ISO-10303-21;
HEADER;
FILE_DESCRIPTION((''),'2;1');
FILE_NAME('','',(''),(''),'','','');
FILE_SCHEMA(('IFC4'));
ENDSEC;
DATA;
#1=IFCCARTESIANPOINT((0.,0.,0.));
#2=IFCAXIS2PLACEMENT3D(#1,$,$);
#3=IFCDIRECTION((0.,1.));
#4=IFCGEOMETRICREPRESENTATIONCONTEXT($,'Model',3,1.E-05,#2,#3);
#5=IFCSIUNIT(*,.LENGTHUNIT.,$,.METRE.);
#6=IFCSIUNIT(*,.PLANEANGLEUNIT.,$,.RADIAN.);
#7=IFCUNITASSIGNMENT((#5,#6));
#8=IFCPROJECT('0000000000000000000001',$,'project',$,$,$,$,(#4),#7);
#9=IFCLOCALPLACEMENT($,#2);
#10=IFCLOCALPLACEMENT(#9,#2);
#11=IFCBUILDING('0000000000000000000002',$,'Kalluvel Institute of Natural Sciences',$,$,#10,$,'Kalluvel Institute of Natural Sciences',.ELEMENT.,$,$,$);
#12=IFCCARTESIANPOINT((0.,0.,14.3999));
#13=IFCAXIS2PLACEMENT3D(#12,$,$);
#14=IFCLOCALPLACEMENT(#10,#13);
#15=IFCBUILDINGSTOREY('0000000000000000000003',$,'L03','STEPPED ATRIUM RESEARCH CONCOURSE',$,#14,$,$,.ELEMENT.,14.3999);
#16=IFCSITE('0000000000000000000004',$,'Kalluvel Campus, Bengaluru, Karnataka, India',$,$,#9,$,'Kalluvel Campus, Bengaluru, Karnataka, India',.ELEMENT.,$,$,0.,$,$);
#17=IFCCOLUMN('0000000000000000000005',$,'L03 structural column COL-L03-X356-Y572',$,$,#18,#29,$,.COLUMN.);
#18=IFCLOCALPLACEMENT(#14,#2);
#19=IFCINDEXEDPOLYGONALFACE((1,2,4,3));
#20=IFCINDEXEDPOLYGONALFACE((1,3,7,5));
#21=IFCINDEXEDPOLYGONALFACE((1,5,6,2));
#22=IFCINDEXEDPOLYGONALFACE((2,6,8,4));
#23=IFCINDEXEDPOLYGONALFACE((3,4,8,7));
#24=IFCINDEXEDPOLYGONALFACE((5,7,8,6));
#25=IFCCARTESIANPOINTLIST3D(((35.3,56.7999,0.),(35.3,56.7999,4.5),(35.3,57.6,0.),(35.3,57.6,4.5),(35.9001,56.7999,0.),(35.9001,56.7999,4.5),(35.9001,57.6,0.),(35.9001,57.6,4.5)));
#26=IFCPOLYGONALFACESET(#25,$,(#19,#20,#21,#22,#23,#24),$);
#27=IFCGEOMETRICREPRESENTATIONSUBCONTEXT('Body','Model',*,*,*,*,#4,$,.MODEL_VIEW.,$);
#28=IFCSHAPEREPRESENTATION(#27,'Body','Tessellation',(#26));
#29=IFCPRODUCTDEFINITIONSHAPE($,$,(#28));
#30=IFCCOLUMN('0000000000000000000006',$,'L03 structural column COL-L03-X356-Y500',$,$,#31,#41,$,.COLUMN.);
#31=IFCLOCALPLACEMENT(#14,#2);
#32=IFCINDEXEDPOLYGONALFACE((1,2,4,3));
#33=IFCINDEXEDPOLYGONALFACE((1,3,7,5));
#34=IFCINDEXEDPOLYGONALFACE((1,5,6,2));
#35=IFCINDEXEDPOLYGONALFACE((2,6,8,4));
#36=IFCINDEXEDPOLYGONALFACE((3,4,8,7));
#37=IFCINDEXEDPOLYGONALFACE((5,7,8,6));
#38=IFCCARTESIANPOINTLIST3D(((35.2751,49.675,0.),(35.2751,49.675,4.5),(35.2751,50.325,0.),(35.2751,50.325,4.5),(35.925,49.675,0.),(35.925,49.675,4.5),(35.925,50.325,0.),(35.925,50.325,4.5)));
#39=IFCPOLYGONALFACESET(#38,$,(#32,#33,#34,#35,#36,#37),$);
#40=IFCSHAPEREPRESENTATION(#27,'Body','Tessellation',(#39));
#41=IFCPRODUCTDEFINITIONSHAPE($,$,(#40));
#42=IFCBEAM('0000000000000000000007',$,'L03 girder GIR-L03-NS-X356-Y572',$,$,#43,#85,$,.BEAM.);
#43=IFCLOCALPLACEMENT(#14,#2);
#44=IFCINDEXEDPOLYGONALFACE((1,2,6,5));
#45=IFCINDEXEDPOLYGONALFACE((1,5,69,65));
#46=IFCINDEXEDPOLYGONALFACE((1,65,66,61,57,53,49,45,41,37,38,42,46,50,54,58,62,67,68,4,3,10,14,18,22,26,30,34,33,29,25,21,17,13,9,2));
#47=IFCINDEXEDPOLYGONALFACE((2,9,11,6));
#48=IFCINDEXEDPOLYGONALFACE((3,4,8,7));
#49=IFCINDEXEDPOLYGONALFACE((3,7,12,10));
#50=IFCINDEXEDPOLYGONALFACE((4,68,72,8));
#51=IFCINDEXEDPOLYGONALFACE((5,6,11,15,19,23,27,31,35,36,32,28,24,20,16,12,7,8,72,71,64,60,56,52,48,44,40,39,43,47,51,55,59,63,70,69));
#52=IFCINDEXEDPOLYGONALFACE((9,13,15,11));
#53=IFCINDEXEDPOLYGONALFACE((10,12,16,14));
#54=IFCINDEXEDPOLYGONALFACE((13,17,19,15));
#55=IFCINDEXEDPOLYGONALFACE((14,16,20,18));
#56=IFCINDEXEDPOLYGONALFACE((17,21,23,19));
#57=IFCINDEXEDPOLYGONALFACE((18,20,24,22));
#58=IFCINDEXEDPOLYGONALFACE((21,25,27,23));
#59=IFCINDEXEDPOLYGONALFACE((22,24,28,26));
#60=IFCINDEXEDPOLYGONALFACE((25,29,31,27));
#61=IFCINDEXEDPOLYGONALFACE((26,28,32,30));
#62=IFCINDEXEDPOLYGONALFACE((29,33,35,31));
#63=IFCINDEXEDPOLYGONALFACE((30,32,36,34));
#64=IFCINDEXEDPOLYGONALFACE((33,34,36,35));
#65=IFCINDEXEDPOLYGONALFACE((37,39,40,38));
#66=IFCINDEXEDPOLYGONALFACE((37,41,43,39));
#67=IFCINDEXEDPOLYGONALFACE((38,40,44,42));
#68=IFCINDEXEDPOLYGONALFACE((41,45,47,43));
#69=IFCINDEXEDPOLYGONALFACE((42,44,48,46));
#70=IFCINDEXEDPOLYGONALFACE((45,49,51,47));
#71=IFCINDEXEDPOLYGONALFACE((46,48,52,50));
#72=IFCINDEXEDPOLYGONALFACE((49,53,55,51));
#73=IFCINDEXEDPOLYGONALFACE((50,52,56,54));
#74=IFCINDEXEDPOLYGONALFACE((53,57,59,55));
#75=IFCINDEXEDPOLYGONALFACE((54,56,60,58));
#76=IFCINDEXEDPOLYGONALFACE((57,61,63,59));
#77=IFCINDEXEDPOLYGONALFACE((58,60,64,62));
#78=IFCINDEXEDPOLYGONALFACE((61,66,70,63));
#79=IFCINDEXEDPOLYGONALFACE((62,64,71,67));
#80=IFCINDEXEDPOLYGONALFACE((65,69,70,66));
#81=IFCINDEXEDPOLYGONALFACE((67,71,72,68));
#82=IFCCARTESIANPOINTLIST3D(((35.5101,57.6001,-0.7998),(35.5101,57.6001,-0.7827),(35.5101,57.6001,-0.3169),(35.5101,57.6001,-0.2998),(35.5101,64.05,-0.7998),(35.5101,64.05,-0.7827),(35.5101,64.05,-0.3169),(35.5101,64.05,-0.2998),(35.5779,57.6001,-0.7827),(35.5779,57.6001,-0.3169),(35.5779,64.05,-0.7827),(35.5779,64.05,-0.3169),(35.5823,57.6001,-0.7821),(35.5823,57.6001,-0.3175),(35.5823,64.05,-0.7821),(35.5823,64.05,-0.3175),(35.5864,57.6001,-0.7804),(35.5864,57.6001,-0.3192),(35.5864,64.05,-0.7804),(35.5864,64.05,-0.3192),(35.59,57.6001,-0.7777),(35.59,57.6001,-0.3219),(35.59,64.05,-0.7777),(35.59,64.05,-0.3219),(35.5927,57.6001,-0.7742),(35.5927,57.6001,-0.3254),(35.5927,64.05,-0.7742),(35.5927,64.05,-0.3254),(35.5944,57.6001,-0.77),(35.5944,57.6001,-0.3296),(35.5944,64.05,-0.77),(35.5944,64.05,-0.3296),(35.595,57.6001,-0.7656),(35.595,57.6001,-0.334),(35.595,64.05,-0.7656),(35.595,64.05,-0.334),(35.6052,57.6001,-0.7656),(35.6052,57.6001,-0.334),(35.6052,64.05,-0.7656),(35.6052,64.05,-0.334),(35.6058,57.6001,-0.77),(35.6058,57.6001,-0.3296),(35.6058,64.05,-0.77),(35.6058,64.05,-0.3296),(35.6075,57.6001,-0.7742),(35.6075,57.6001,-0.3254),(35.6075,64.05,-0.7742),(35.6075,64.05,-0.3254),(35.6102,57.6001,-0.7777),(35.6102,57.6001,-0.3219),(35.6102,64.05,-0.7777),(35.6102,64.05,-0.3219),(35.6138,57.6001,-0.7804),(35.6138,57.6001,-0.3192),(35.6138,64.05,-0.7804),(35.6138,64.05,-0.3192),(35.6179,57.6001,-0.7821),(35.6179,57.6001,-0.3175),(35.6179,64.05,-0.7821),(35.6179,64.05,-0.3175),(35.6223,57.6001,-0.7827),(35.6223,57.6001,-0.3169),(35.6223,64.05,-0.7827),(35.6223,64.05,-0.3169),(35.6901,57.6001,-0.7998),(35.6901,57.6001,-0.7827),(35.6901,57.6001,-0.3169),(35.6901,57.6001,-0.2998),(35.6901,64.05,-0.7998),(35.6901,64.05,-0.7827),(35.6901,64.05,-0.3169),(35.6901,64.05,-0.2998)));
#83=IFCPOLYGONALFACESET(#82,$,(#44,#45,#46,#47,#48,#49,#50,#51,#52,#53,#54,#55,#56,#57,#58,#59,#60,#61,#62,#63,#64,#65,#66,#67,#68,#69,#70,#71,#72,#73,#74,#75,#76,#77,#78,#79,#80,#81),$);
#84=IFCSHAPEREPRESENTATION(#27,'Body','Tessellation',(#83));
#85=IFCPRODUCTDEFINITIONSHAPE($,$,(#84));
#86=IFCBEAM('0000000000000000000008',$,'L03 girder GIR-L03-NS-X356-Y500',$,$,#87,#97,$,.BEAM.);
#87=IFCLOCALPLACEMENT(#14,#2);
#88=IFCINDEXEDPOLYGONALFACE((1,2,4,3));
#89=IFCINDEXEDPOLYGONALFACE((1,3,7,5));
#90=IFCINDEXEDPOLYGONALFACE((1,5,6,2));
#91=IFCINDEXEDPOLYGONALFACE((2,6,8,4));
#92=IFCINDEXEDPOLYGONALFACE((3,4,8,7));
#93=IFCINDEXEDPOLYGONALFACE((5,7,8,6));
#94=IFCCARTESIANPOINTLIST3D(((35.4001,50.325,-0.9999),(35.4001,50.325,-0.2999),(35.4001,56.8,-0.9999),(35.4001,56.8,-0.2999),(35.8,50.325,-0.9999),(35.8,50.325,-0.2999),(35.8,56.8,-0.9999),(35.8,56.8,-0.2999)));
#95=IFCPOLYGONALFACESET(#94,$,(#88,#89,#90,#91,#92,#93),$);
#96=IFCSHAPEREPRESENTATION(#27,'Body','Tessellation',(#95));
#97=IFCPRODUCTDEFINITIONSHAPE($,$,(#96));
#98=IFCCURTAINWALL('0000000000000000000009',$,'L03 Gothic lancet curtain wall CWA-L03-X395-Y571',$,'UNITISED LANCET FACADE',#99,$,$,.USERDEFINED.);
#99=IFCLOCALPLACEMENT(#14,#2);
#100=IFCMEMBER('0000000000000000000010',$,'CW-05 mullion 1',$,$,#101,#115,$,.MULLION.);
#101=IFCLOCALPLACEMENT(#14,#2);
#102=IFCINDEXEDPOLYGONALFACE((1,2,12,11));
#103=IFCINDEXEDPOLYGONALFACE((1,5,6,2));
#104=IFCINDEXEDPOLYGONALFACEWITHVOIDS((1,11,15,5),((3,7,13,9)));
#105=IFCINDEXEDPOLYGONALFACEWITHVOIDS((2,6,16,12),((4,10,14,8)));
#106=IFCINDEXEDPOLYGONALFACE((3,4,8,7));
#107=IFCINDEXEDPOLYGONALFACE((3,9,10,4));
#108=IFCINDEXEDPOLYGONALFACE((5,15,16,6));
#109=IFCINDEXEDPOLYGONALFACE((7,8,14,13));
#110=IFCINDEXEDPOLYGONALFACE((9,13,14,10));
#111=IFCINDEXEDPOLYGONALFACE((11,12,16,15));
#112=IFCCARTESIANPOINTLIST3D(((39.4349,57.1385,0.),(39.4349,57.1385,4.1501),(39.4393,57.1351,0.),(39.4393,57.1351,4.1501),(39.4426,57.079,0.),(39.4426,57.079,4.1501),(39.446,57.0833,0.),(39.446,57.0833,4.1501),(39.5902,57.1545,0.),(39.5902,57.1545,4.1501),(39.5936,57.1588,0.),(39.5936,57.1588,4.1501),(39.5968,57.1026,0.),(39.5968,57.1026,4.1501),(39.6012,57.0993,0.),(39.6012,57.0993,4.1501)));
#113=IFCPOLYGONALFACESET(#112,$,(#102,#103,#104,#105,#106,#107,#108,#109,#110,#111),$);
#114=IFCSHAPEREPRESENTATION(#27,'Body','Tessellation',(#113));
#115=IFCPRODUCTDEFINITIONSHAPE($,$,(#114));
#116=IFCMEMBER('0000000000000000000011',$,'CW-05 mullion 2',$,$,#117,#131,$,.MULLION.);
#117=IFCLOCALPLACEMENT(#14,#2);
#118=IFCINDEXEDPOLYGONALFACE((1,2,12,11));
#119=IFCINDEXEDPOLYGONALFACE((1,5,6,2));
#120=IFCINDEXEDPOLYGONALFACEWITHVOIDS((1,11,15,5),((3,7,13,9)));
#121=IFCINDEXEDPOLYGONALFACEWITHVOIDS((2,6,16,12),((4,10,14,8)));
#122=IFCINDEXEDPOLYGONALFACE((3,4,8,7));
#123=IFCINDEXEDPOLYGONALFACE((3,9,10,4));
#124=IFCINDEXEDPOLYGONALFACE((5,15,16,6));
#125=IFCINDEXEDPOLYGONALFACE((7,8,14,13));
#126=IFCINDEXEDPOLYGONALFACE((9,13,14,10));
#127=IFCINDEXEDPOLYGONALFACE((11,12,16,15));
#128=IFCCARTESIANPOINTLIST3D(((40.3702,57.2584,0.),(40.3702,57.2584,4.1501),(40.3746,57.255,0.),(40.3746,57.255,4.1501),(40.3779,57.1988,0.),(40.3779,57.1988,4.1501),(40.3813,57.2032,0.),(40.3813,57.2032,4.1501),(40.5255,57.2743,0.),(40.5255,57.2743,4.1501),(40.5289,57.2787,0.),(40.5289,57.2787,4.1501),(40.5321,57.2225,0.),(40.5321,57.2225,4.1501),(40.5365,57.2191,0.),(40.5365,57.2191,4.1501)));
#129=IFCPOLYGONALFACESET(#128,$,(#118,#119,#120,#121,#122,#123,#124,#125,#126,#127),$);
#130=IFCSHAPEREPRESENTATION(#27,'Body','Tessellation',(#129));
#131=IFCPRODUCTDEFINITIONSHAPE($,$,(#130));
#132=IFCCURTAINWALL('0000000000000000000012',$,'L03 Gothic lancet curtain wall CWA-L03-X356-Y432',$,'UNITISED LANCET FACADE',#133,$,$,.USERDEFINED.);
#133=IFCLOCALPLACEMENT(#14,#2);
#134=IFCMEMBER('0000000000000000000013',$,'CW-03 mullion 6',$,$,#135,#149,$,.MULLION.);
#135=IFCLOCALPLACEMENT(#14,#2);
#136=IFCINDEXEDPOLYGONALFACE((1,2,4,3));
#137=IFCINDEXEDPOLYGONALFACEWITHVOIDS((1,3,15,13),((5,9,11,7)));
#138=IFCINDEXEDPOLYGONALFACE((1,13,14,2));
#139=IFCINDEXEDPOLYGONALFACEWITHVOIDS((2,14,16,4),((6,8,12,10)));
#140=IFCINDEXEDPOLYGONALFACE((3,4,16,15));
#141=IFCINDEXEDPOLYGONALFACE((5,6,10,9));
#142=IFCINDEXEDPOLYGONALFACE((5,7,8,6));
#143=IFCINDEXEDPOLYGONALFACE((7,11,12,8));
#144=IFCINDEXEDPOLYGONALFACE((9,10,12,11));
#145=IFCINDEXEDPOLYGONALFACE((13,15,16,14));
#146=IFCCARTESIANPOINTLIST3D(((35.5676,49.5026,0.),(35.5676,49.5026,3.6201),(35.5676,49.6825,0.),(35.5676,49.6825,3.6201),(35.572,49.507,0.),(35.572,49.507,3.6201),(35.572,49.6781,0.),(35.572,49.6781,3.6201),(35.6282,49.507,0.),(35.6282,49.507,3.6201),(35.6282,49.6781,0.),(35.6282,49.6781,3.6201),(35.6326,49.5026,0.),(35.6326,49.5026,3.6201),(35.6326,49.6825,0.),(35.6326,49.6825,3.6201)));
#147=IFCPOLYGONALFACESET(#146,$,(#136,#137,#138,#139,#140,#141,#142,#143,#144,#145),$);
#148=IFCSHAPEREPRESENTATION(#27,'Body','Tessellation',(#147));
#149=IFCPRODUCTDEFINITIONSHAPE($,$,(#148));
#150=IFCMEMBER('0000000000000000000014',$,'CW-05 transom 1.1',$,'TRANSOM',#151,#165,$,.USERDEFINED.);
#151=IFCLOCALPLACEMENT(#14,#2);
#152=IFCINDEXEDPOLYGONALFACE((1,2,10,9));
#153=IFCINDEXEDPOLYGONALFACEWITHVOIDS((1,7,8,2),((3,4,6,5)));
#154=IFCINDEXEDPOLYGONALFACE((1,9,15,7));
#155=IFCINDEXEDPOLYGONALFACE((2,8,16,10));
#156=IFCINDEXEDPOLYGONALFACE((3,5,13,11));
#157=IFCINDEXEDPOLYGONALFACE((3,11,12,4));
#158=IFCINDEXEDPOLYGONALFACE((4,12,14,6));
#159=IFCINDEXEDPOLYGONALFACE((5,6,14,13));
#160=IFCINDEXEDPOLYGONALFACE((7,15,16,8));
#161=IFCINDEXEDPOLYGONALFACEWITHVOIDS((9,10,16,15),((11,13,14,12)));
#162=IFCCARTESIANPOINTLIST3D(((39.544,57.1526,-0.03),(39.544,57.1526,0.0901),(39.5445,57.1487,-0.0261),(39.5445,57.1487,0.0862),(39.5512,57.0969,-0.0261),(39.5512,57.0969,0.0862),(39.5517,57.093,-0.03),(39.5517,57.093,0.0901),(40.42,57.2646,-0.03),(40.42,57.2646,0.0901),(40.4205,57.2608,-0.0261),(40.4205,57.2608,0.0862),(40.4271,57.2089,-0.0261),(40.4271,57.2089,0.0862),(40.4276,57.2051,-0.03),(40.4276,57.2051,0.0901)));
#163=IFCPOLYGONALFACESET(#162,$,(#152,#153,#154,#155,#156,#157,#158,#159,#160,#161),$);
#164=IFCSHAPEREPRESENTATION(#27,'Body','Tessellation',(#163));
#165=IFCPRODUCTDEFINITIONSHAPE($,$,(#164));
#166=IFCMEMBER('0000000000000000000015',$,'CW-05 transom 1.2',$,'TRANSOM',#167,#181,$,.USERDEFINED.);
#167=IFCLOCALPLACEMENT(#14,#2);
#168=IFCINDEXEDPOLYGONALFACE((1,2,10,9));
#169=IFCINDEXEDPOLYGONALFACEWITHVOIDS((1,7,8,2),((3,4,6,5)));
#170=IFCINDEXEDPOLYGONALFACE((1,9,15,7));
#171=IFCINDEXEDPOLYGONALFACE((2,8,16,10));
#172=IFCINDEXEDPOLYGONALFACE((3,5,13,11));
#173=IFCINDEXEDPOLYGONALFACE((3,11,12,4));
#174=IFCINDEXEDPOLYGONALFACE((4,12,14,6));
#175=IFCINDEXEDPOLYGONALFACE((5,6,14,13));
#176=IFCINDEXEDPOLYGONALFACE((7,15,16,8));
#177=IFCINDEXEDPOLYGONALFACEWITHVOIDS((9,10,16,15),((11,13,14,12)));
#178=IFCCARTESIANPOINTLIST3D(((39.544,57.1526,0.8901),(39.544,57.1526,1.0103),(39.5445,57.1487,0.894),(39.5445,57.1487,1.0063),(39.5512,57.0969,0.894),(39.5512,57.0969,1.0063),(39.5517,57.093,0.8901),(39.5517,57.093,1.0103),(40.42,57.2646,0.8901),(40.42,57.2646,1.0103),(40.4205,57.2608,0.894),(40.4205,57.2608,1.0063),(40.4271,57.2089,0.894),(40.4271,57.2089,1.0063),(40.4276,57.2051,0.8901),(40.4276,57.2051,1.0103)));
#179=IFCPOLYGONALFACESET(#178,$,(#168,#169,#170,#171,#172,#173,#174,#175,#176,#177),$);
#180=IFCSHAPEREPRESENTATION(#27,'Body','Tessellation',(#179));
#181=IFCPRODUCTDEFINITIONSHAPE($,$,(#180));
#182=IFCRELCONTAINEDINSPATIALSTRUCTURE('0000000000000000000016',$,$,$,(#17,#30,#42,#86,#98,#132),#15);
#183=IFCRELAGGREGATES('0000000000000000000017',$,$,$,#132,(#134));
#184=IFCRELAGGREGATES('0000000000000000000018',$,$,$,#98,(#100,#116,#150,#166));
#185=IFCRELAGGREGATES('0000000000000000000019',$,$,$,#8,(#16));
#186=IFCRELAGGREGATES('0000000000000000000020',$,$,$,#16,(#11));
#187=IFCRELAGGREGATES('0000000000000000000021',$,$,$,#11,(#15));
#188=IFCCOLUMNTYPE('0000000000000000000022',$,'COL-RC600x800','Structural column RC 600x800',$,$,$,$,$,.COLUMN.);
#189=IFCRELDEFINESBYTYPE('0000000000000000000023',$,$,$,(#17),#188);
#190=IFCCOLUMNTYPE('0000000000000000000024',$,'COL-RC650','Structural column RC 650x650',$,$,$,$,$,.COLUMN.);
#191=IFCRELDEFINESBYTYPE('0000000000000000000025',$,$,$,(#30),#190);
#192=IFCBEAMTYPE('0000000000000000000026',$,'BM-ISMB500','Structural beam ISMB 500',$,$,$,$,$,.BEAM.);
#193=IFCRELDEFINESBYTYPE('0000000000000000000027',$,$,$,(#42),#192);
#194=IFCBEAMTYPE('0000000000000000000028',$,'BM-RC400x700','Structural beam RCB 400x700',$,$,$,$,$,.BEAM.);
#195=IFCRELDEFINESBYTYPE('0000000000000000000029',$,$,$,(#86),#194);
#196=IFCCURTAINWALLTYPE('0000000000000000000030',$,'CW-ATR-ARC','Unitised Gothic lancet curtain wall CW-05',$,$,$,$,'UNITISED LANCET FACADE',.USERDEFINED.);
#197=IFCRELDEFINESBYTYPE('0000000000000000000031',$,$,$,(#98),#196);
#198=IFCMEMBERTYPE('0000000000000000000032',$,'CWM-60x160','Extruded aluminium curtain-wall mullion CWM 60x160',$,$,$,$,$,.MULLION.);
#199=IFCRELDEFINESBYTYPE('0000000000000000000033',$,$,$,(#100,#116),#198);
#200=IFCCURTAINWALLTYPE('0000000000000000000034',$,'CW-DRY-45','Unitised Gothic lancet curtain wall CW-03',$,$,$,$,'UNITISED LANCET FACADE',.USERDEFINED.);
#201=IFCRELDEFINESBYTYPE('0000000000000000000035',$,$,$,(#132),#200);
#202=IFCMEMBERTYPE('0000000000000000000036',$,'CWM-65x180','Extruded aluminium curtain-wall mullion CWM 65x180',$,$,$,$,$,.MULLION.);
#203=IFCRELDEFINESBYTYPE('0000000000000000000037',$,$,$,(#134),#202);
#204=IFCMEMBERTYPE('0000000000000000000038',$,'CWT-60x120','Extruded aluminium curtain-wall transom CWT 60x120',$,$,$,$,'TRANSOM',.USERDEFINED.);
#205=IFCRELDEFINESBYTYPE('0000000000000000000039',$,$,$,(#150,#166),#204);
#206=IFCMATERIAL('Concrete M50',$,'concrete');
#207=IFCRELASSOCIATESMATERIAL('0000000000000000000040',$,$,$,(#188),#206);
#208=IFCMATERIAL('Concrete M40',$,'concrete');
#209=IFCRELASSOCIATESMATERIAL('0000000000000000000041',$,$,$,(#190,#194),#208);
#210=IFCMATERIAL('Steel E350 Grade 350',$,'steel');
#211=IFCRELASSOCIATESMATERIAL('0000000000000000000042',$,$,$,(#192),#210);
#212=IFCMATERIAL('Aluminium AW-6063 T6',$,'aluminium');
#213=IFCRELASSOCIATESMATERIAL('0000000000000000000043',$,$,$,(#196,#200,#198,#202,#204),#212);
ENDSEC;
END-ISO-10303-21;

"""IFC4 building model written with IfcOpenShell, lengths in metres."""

from ifc_helpers import new_model, si_unit, direction, frame, origin, origin_2d, place, context, subcontext, project, spatial, rectangle, hollow_rectangle, i_section, extrude, material, material_profile, profile_set, type_object, element, aggregate, save


model = new_model("IFC4")

# Units and contexts
model_context = context("Model", 3, precision=1e-05, world=origin(), true_north=direction((0.0, 1.0)))
body_context = subcontext(model_context, "Body", "Model", "MODEL_VIEW")
ifc_project = project(units=[si_unit("LENGTHUNIT", "METRE"), si_unit("PLANEANGLEUNIT", "RADIAN")], contexts=[model_context])

# Site, building, storey
site_placement = place(None, origin())
site = spatial("IfcSite", under=ifc_project, at=site_placement, Name="Kalluvel Campus, Bengaluru, Karnataka, India", LongName="Kalluvel Campus, Bengaluru, Karnataka, India", CompositionType="ELEMENT", RefElevation=0.0)
building_placement = place(site_placement, origin())
building = spatial("IfcBuilding", under=site, at=building_placement, Name="Kalluvel Institute of Natural Sciences", LongName="Kalluvel Institute of Natural Sciences", CompositionType="ELEMENT")
storey_placement = place(building_placement, frame((0.0, 0.0, 14.3999)))
storey = spatial("IfcBuildingStorey", under=building, at=storey_placement, Name="L03", Description="STEPPED ATRIUM RESEARCH CONCOURSE", CompositionType="ELEMENT", Elevation=14.3999)

# Columns
ifc_material_1 = material(Name="Concrete M50", Category="concrete")
ifc_material_profile_1 = material_profile(ifc_material_1, rectangle(XDim=0.6001, YDim=0.8, at=origin_2d()), Name="RC 600x800")
ifc_profile_set_1 = profile_set([ifc_material_profile_1], Name="Concrete M50")
column_type_1 = type_object("IfcColumnType", Name="COL-RC600x800", Description="Structural column RC 600x800", PredefinedType="COLUMN", material=ifc_profile_set_1)
column_1_placement = place(storey_placement, frame((35.6001, 57.2, 0.0), z_axis=(0.0, 0.0, 1.0), x_axis=(1.0, 0.0, 0.0)))
element("IfcColumn", 1, at=column_1_placement, inside=storey, type_object=column_type_1, Name="L03 structural column COL-L03-X356-Y572", PredefinedType="COLUMN", context=body_context, shape_type="SweptSolid", body=[
    extrude(rectangle(XDim=0.6001, YDim=0.8, at=origin_2d()), origin(), (0.0, 0.0, 1.0), 4.5),
])
ifc_material_2 = material(Name="Concrete M40", Category="concrete")
ifc_material_profile_2 = material_profile(ifc_material_2, rectangle(XDim=0.6499, YDim=0.6499, at=origin_2d()), Name="RC 650x650")
ifc_profile_set_2 = profile_set([ifc_material_profile_2], Name="Concrete M40")
column_type_2 = type_object("IfcColumnType", Name="COL-RC650", Description="Structural column RC 650x650", PredefinedType="COLUMN", material=ifc_profile_set_2)
column_2_placement = place(storey_placement, frame((35.6001, 50.0, 0.0), z_axis=(0.0, 0.0, 1.0), x_axis=(1.0, 0.0, 0.0)))
element("IfcColumn", 2, at=column_2_placement, inside=storey, type_object=column_type_2, Name="L03 structural column COL-L03-X356-Y500", PredefinedType="COLUMN", context=body_context, shape_type="SweptSolid", body=[
    extrude(rectangle(XDim=0.6499, YDim=0.6499, at=origin_2d()), origin(), (0.0, 0.0, 1.0), 4.5),
])

# Beams
ifc_material_3 = material(Name="Steel E350 Grade 350", Category="steel")
ifc_material_profile_3 = material_profile(ifc_material_3, i_section(OverallWidth=0.1799, OverallDepth=0.5, WebThickness=0.0103, FlangeThickness=0.0171, FilletRadius=0.0171, at=origin_2d()), Name="ISMB 500")
ifc_profile_set_3 = profile_set([ifc_material_profile_3], Name="Steel E350 Grade 350")
beam_type_1 = type_object("IfcBeamType", Name="BM-ISMB500", Description="Structural beam ISMB 500", PredefinedType="BEAM", material=ifc_profile_set_3)
beam_1_placement = place(storey_placement, frame((35.6001, 57.6001, -0.5498), z_axis=(0.0, 1.0, 0.0), x_axis=(-1.0, 0.0, 0.0)))
element("IfcBeam", 3, at=beam_1_placement, inside=storey, type_object=beam_type_1, Name="L03 girder GIR-L03-NS-X356-Y572", PredefinedType="BEAM", context=body_context, shape_type="SweptSolid", body=[
    extrude(i_section(OverallWidth=0.1799, OverallDepth=0.5, WebThickness=0.0103, FlangeThickness=0.0171, FilletRadius=0.0171, at=origin_2d()), origin(), (0.0, 0.0, 1.0), 6.45),
])
ifc_material_profile_4 = material_profile(ifc_material_2, rectangle(XDim=0.3999, YDim=0.7, at=origin_2d()), Name="RCB 400x700")
ifc_profile_set_4 = profile_set([ifc_material_profile_4], Name="Concrete M40")
beam_type_2 = type_object("IfcBeamType", Name="BM-RC400x700", Description="Structural beam RCB 400x700", PredefinedType="BEAM", material=ifc_profile_set_4)
beam_2_placement = place(storey_placement, frame((35.6001, 50.325, -0.6499), z_axis=(0.0, 1.0, 0.0), x_axis=(-1.0, 0.0, 0.0)))
element("IfcBeam", 4, at=beam_2_placement, inside=storey, type_object=beam_type_2, Name="L03 girder GIR-L03-NS-X356-Y500", PredefinedType="BEAM", context=body_context, shape_type="SweptSolid", body=[
    extrude(rectangle(XDim=0.3999, YDim=0.7, at=origin_2d()), origin(), (0.0, 0.0, 1.0), 6.4751),
])

# Curtain wall, members
ifc_material_4 = material(Name="Aluminium AW-6063 T6", Category="aluminium")
curtain_wall_type_1 = type_object("IfcCurtainWallType", Name="CW-ATR-ARC", Description="Unitised Gothic lancet curtain wall CW-05", ElementType="UNITISED LANCET FACADE", PredefinedType="USERDEFINED", material=ifc_material_4)
curtain_wall_1_placement = place(storey_placement, origin())
curtain_wall_1 = element("IfcCurtainWall", 5, at=curtain_wall_1_placement, inside=storey, type_object=curtain_wall_type_1, Name="L03 Gothic lancet curtain wall CWA-L03-X395-Y571", ObjectType="UNITISED LANCET FACADE", PredefinedType="USERDEFINED")
ifc_material_profile_5 = material_profile(ifc_material_4, hollow_rectangle(XDim=0.0601, YDim=0.1599, WallThickness=0.0039, at=origin_2d()), Name="CWM 60x160")
ifc_profile_set_5 = profile_set([ifc_material_profile_5], Name="Aluminium AW-6063 T6")
member_type_1 = type_object("IfcMemberType", Name="CWM-60x160", Description="Extruded aluminium curtain-wall mullion CWM 60x160", PredefinedType="MULLION", material=ifc_profile_set_5)
member_1_placement = place(storey_placement, frame((39.5181, 57.1189, 0.0), z_axis=(0.0, 0.0, 1.0), x_axis=(-0.12701, 0.991901, 0.0)))
member_1 = element("IfcMember", 6, at=member_1_placement, type_object=member_type_1, Name="CW-05 mullion 1", PredefinedType="MULLION", context=body_context, shape_type="SweptSolid", body=[
    extrude(hollow_rectangle(XDim=0.0601, YDim=0.1599, WallThickness=0.0039, at=origin_2d()), origin(), (0.0, 0.0, 1.0), 4.1501),
])
member_2_placement = place(storey_placement, frame((40.4534, 57.2388, 0.0), z_axis=(0.0, 0.0, 1.0), x_axis=(-0.12701, 0.991901, 0.0)))
member_2 = element("IfcMember", 7, at=member_2_placement, type_object=member_type_1, Name="CW-05 mullion 2", PredefinedType="MULLION", context=body_context, shape_type="SweptSolid", body=[
    extrude(hollow_rectangle(XDim=0.0601, YDim=0.1599, WallThickness=0.0039, at=origin_2d()), origin(), (0.0, 0.0, 1.0), 4.1501),
])

# Curtain wall, member
curtain_wall_type_2 = type_object("IfcCurtainWallType", Name="CW-DRY-45", Description="Unitised Gothic lancet curtain wall CW-03", ElementType="UNITISED LANCET FACADE", PredefinedType="USERDEFINED", material=ifc_material_4)
curtain_wall_2_placement = place(storey_placement, origin())
curtain_wall_2 = element("IfcCurtainWall", 8, at=curtain_wall_2_placement, inside=storey, type_object=curtain_wall_type_2, Name="L03 Gothic lancet curtain wall CWA-L03-X356-Y432", ObjectType="UNITISED LANCET FACADE", PredefinedType="USERDEFINED")
ifc_material_profile_6 = material_profile(ifc_material_4, hollow_rectangle(XDim=0.0649, YDim=0.1799, WallThickness=0.0044, at=origin_2d()), Name="CWM 65x180")
ifc_profile_set_6 = profile_set([ifc_material_profile_6], Name="Aluminium AW-6063 T6")
member_type_2 = type_object("IfcMemberType", Name="CWM-65x180", Description="Extruded aluminium curtain-wall mullion CWM 65x180", PredefinedType="MULLION", material=ifc_profile_set_6)
member_3_placement = place(storey_placement, frame((35.6001, 49.5925, 0.0), z_axis=(0.0, 0.0, 1.0), x_axis=(-1.0, 0.0, 0.0)))
member_3 = element("IfcMember", 9, at=member_3_placement, type_object=member_type_2, Name="CW-03 mullion 6", PredefinedType="MULLION", context=body_context, shape_type="SweptSolid", body=[
    extrude(hollow_rectangle(XDim=0.0649, YDim=0.1799, WallThickness=0.0044, at=origin_2d()), origin(), (0.0, 0.0, 1.0), 3.6201),
])

# Members
ifc_material_profile_7 = material_profile(ifc_material_4, hollow_rectangle(XDim=0.0601, YDim=0.1201, WallThickness=0.0039, at=origin_2d()), Name="CWT 60x120")
ifc_profile_set_7 = profile_set([ifc_material_profile_7], Name="Aluminium AW-6063 T6")
member_type_3 = type_object("IfcMemberType", Name="CWT-60x120", Description="Extruded aluminium curtain-wall transom CWT 60x120", ElementType="TRANSOM", PredefinedType="USERDEFINED", material=ifc_profile_set_7)
member_4_placement = place(storey_placement, frame((39.5479, 57.1228, 0.03), z_axis=(0.991916, 0.126892, 0.0), x_axis=(-0.126892, 0.991916, 0.0)))
member_4 = element("IfcMember", 10, at=member_4_placement, type_object=member_type_3, Name="CW-05 transom 1.1", ObjectType="TRANSOM", PredefinedType="USERDEFINED", context=body_context, shape_type="SweptSolid", body=[
    extrude(hollow_rectangle(XDim=0.0601, YDim=0.1201, WallThickness=0.0039, at=origin_2d()), origin(), (0.0, 0.0, 1.0), 0.8831),
])
member_5_placement = place(storey_placement, frame((39.5479, 57.1228, 0.9502), z_axis=(0.991916, 0.126892, 0.0), x_axis=(-0.126892, 0.991916, 0.0)))
member_5 = element("IfcMember", 11, at=member_5_placement, type_object=member_type_3, Name="CW-05 transom 1.2", ObjectType="TRANSOM", PredefinedType="USERDEFINED", context=body_context, shape_type="SweptSolid", body=[
    extrude(hollow_rectangle(XDim=0.0601, YDim=0.1201, WallThickness=0.0039, at=origin_2d()), origin(), (0.0, 0.0, 1.0), 0.8831),
])

aggregate(curtain_wall_2, [member_3])
aggregate(curtain_wall_1, [member_1, member_2, member_4, member_5])

save(model, "model.ifc")
